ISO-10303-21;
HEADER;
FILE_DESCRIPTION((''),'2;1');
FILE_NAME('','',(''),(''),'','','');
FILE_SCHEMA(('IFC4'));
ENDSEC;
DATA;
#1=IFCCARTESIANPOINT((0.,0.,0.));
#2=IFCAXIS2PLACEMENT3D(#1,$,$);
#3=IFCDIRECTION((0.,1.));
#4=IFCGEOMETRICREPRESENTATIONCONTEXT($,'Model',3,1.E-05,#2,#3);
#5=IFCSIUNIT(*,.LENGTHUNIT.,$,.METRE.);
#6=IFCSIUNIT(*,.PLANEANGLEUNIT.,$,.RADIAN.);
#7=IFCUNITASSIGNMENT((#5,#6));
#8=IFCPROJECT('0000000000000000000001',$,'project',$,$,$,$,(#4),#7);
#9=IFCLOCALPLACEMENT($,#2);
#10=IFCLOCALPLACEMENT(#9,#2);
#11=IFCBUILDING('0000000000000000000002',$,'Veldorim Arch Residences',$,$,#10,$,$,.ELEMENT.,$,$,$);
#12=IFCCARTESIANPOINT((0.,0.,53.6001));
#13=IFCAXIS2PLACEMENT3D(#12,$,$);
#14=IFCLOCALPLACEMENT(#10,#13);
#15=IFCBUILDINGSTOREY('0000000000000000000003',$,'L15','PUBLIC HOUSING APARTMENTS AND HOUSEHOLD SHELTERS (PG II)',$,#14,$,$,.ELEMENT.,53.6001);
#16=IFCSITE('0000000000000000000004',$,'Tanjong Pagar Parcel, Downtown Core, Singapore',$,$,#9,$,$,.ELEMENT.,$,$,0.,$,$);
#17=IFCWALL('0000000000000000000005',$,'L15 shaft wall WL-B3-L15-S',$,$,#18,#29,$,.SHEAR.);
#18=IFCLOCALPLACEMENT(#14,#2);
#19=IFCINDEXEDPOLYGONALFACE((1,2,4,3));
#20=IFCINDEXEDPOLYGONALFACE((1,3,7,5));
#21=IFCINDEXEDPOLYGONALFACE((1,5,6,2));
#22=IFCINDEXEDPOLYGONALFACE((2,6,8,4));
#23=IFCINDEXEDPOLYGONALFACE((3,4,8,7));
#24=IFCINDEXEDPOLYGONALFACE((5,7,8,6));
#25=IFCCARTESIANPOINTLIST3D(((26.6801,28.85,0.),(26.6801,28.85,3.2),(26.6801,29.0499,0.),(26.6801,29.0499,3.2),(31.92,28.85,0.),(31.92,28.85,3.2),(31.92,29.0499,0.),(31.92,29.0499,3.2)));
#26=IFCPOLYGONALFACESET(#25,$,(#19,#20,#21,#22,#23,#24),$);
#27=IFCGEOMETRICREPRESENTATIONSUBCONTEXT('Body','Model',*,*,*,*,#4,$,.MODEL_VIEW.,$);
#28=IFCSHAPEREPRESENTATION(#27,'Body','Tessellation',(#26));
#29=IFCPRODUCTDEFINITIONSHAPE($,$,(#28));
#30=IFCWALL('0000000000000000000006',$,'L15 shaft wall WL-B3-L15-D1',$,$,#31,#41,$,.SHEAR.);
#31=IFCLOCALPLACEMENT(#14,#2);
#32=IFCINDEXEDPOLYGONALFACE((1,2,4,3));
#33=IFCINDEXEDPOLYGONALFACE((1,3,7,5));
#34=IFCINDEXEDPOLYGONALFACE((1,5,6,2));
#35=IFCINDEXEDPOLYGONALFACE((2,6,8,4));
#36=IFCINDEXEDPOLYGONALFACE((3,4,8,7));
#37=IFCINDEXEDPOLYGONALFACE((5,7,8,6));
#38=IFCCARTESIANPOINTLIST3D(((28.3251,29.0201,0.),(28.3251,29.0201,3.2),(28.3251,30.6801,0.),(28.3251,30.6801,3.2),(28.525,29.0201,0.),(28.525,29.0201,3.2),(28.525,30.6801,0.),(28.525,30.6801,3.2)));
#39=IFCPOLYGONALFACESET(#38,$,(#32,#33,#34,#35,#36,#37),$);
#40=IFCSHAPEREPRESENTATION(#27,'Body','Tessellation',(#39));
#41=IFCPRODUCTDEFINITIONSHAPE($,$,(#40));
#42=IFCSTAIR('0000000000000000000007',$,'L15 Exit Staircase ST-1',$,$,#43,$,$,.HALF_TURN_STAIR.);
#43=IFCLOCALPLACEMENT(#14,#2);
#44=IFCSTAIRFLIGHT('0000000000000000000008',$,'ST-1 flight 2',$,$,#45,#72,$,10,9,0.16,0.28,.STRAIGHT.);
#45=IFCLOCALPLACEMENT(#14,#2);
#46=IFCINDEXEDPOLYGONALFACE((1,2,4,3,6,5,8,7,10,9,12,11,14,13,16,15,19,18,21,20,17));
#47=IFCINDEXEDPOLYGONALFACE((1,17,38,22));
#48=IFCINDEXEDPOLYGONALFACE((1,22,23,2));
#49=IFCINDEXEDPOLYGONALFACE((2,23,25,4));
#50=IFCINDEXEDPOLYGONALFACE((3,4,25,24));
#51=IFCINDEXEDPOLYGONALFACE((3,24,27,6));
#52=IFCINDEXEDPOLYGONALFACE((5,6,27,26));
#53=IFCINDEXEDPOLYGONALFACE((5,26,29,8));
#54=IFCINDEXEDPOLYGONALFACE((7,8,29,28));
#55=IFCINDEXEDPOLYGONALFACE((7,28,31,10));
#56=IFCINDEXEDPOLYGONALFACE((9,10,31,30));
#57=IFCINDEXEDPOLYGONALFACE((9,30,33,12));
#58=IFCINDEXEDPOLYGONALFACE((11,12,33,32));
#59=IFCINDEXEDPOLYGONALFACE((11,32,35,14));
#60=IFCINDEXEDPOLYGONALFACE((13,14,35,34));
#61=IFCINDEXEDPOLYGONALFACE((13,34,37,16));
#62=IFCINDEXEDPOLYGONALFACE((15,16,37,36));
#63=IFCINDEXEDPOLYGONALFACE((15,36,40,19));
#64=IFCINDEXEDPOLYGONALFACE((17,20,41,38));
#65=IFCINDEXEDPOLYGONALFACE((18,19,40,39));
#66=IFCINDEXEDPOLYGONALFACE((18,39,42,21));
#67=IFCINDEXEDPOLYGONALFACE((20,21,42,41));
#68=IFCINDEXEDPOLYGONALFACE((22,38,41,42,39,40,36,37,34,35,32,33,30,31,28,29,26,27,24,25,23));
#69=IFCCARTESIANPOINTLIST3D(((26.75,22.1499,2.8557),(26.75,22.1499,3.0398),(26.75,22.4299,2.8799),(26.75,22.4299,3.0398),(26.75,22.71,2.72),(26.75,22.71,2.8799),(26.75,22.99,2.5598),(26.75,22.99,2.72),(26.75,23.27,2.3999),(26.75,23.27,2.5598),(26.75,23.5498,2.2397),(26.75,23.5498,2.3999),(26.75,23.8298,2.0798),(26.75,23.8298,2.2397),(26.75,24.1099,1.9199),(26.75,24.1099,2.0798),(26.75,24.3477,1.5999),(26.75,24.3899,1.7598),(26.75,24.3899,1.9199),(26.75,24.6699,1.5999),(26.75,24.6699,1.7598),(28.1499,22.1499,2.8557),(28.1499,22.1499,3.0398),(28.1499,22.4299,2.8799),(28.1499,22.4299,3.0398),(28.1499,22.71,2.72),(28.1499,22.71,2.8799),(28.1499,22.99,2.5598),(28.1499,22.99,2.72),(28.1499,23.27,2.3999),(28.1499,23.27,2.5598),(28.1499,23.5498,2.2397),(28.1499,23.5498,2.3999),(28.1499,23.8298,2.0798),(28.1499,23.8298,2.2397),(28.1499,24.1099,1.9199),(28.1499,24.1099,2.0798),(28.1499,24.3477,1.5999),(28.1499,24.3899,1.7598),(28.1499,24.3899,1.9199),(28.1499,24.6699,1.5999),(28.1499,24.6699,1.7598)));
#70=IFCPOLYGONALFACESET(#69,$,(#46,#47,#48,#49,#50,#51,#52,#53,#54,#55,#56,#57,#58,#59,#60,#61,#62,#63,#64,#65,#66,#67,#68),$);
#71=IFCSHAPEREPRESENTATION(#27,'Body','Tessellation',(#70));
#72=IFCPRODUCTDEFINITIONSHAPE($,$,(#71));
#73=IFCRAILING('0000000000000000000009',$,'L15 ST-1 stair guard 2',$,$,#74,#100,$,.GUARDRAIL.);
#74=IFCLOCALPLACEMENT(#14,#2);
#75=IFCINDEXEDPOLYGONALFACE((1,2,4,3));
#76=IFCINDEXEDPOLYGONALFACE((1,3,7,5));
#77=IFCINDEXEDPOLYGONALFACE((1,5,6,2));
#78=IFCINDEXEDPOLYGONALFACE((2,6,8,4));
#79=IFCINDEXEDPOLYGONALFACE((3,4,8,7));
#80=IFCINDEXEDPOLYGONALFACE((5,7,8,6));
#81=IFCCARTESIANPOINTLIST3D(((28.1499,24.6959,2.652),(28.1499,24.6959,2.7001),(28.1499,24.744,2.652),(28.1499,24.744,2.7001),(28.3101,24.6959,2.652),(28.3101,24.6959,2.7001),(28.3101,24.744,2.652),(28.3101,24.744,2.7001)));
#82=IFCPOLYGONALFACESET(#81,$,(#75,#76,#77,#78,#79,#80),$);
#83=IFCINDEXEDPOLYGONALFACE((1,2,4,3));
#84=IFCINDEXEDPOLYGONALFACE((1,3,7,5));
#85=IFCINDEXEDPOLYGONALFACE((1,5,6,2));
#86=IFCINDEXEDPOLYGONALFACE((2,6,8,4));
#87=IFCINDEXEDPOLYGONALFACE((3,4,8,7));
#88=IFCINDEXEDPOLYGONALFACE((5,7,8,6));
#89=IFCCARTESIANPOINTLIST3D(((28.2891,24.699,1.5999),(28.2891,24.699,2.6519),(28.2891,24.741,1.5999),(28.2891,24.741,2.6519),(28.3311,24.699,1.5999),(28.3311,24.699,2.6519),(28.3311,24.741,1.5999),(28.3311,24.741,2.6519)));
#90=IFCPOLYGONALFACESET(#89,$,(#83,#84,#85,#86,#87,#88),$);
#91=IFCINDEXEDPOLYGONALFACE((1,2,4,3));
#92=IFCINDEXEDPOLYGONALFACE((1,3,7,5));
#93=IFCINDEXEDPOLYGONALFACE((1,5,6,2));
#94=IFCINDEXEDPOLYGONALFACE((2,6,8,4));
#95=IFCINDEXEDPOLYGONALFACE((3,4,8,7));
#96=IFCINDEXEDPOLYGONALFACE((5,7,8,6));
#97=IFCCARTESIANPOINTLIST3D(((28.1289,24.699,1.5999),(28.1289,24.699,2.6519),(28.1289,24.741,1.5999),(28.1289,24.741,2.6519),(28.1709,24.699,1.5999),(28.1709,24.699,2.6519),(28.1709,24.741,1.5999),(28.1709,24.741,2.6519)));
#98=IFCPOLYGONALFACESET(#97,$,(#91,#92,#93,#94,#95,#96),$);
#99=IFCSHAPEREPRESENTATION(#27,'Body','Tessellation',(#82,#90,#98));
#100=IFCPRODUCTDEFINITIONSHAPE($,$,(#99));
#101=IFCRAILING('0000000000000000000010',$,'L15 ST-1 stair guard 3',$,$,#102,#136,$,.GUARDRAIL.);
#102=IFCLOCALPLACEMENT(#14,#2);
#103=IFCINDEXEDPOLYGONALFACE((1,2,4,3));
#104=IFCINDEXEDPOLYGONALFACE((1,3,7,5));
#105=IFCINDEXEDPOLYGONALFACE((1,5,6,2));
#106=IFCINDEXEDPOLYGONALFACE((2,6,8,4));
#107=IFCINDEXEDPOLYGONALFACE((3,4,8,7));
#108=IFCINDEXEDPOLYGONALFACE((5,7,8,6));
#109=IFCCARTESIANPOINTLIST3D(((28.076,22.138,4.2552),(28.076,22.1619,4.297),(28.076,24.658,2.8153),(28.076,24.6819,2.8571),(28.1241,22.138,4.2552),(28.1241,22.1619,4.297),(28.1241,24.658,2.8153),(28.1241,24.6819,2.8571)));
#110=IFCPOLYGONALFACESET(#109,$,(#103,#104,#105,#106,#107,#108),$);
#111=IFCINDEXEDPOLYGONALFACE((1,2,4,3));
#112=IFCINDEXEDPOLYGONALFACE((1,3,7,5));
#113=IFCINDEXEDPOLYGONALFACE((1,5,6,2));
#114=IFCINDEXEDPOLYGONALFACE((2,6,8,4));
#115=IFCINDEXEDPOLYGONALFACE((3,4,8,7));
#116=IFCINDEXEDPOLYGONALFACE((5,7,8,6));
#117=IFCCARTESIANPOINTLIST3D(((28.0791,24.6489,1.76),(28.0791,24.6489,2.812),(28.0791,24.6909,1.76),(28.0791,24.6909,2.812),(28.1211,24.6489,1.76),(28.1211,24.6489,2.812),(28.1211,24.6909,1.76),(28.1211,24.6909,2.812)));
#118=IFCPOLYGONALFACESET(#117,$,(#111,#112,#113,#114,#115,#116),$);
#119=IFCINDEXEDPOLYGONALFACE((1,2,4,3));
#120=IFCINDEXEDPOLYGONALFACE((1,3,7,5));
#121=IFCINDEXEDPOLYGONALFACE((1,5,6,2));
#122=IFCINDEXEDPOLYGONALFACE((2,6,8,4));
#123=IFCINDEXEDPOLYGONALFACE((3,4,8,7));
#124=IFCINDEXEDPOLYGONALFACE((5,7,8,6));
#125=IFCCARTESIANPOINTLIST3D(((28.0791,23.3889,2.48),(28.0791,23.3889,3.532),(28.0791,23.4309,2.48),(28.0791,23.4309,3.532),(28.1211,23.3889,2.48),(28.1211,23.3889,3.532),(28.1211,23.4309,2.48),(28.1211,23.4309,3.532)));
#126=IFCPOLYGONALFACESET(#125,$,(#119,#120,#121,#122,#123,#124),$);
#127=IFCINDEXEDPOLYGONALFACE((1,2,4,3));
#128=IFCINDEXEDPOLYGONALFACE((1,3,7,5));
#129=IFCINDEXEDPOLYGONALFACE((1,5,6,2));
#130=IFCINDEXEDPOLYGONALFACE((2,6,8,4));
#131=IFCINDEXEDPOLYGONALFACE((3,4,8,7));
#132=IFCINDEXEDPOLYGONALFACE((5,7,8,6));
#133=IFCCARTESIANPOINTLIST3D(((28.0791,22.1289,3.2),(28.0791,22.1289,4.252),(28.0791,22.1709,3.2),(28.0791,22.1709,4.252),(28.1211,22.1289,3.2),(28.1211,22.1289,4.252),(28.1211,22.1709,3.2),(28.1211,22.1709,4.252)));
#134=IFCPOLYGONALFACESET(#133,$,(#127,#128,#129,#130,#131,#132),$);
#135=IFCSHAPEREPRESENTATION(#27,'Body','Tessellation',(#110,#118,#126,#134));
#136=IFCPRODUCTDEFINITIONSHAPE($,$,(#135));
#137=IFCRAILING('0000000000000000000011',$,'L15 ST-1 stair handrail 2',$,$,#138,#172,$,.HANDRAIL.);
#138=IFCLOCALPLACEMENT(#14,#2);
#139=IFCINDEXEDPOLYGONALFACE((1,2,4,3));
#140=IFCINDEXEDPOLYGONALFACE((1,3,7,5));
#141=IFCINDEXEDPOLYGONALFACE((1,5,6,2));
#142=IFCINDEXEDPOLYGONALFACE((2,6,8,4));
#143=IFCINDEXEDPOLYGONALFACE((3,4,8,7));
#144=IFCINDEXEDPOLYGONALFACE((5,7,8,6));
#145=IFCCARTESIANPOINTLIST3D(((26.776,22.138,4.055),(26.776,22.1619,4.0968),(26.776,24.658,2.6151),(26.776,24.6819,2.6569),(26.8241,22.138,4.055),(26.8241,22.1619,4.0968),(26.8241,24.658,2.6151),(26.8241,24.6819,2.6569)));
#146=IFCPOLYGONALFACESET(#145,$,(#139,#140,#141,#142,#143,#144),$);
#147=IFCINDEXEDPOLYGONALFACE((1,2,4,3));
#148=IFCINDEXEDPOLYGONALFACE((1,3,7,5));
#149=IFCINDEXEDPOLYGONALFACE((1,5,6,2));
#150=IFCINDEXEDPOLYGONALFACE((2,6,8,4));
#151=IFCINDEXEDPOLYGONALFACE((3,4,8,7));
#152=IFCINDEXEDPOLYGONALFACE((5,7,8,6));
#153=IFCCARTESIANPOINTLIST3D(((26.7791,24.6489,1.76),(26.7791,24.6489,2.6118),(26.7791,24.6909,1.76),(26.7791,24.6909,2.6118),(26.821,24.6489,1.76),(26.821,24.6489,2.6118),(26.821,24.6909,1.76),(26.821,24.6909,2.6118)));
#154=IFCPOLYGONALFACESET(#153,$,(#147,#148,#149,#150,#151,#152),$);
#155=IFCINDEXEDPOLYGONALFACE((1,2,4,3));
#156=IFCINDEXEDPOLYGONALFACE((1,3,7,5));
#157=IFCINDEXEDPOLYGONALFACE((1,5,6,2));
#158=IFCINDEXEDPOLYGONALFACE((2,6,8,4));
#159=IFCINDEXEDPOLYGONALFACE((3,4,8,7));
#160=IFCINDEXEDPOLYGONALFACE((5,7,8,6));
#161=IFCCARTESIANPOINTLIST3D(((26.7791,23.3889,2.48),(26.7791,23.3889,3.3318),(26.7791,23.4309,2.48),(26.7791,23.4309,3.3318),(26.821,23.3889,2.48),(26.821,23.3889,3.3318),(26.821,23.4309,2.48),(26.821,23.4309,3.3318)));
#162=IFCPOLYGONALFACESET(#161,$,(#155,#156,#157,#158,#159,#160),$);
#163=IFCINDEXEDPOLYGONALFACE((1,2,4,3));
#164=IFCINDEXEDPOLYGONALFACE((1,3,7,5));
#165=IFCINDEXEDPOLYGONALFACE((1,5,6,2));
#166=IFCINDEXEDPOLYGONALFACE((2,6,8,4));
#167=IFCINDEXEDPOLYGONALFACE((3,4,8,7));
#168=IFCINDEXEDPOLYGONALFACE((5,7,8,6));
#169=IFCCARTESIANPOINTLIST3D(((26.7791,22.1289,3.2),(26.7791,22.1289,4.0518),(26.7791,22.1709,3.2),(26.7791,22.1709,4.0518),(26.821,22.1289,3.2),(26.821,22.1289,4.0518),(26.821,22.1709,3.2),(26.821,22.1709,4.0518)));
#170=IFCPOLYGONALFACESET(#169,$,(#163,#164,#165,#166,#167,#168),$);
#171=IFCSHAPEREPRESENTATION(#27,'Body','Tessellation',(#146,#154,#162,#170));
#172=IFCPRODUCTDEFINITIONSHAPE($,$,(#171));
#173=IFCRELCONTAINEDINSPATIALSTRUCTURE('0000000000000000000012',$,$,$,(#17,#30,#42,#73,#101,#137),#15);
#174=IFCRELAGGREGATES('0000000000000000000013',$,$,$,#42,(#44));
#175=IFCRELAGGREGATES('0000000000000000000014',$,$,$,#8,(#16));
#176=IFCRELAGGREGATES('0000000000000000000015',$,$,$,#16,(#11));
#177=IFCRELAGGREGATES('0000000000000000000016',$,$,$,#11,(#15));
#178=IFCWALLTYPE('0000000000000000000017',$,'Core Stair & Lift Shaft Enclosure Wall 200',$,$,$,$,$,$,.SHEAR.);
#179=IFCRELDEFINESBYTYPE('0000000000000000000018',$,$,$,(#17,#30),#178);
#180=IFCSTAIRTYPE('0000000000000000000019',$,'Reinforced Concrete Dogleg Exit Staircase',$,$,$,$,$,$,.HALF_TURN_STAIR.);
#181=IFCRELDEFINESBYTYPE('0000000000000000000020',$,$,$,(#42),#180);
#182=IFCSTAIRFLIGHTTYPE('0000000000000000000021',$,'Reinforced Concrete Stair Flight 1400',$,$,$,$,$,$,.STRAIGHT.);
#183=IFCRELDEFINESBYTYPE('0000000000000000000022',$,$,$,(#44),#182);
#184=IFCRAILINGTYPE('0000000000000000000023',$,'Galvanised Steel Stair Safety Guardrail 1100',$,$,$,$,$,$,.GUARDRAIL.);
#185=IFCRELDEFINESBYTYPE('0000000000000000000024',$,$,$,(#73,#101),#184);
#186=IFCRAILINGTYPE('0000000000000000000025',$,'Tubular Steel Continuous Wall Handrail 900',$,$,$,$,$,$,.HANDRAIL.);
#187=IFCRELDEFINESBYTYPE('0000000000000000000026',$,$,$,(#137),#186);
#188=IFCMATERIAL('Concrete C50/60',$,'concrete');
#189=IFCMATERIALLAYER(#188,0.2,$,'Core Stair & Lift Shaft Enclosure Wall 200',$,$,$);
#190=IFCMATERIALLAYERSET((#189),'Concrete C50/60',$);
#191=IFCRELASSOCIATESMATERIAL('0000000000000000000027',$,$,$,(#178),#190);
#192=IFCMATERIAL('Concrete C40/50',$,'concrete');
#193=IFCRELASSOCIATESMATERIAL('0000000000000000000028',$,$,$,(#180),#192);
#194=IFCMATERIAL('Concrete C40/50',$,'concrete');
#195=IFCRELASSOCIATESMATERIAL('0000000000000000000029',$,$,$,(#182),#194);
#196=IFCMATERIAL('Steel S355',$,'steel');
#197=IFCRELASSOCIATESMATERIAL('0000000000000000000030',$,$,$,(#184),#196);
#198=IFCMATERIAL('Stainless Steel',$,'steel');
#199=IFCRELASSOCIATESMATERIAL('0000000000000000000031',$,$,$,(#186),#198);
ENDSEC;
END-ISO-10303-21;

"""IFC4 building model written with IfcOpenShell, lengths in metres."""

from ifc_helpers import new_model, si_unit, direction, frame, frame_2d, origin, origin_2d, place, context, subcontext, project, spatial, polyline, rectangle, outline, extrude, material, layer, layer_set, type_object, element, aggregate, save


model = new_model("IFC4")

# Units and contexts
model_context = context("Model", 3, precision=1e-05, world=origin(), true_north=direction((0.0, 1.0)))
body_context = subcontext(model_context, "Body", "Model", "MODEL_VIEW")
ifc_project = project(units=[si_unit("LENGTHUNIT", "METRE"), si_unit("PLANEANGLEUNIT", "RADIAN")], contexts=[model_context])

# Site, building, storey
site_placement = place(None, origin())
site = spatial("IfcSite", under=ifc_project, at=site_placement, Name="Tanjong Pagar Parcel, Downtown Core, Singapore", CompositionType="ELEMENT", RefElevation=0.0)
building_placement = place(site_placement, origin())
building = spatial("IfcBuilding", under=site, at=building_placement, Name="Veldorim Arch Residences", CompositionType="ELEMENT")
storey_placement = place(building_placement, frame((0.0, 0.0, 53.6001)))
storey = spatial("IfcBuildingStorey", under=building, at=storey_placement, Name="L15", Description="PUBLIC HOUSING APARTMENTS AND HOUSEHOLD SHELTERS (PG II)", CompositionType="ELEMENT", Elevation=53.6001)

# Shared definitions
ifc_material_1 = material(Name="Concrete C50/60", Category="concrete")
ifc_layer_1 = layer(ifc_material_1, 0.2, Name="Core Stair & Lift Shaft Enclosure Wall 200")
ifc_layer_set_1 = layer_set([ifc_layer_1], Name="Concrete C50/60")
wall_type_1 = type_object("IfcWallType", Name="Core Stair & Lift Shaft Enclosure Wall 200", PredefinedType="SHEAR", material=ifc_layer_set_1)

# Walls
wall_1_placement = place(storey_placement, frame((26.6799, 28.95, 0.0), z_axis=(0.0, 0.0, 1.0), x_axis=(1.0, 0.0, 0.0)))
element("IfcWall", 1, at=wall_1_placement, inside=storey, type_object=wall_type_1, Name="L15 shaft wall WL-B3-L15-S", PredefinedType="SHEAR", context=body_context, shape_type="SweptSolid", body=[
    extrude(rectangle(XDim=5.24, YDim=0.2, at=frame_2d((2.6201, 0.0))), origin(), (0.0, 0.0, 1.0), 3.2),
])
wall_2_placement = place(storey_placement, frame((28.425, 29.02, 0.0), z_axis=(0.0, 0.0, 1.0), x_axis=(0.0, 1.0, 0.0)))
element("IfcWall", 2, at=wall_2_placement, inside=storey, type_object=wall_type_1, Name="L15 shaft wall WL-B3-L15-D1", PredefinedType="SHEAR", context=body_context, shape_type="SweptSolid", body=[
    extrude(rectangle(XDim=1.6599, YDim=0.2, at=frame_2d((0.8301, 0.0))), origin(), (0.0, 0.0, 1.0), 3.2),
])

# Stair, stair flight
ifc_material_2 = material(Name="Concrete C40/50", Category="concrete")
stair_type = type_object("IfcStairType", Name="Reinforced Concrete Dogleg Exit Staircase", PredefinedType="HALF_TURN_STAIR", material=ifc_material_2)
stair_placement = place(storey_placement, origin())
stair = element("IfcStair", 3, at=stair_placement, inside=storey, type_object=stair_type, Name="L15 Exit Staircase ST-1", PredefinedType="HALF_TURN_STAIR")
ifc_material_3 = material(Name="Concrete C40/50", Category="concrete")
stair_flight_type = type_object("IfcStairFlightType", Name="Reinforced Concrete Stair Flight 1400", PredefinedType="STRAIGHT", material=ifc_material_3)
stair_flight_placement = place(storey_placement, frame((27.45, 24.6699, 1.5999), z_axis=(0.0, 0.0, 1.0), x_axis=(0.0, -1.0, 0.0)))
stair_flight = element("IfcStairFlight", 4, at=stair_flight_placement, type_object=stair_flight_type, Name="ST-1 flight 2", NumberOfRisers=10, NumberOfTreads=9, PredefinedType="STRAIGHT", RiserHeight=0.16, TreadLength=0.28, context=body_context, shape_type="SweptSolid", body=[
    extrude(outline(polyline([(0.0, 0.0), (0.0, 0.1599), (0.28, 0.1599), (0.28, 0.3201), (0.5601, 0.3201), (0.5601, 0.48), (0.8401, 0.48), (0.8401, 0.6399), (1.1201, 0.6399), (1.1201, 0.8), (1.3999, 0.8), (1.3999, 0.96), (1.6799, 0.96), (1.6799, 1.1201), (1.96, 1.1201), (1.96, 1.28), (2.24, 1.28), (2.24, 1.4399), (2.52, 1.4399), (2.52, 1.6001), (2.52, 1.2559), (0.3223, 0.0), (0.0, 0.0)])), frame((0.0, 0.7, 0.0), z_axis=(0.0, -1.0, 0.0), x_axis=(1.0, 0.0, 0.0)), (0.0, 0.0, 1.0), 1.3999),
])
aggregate(stair, [stair_flight])

# Railings
ifc_material_4 = material(Name="Steel S355", Category="steel")
railing_type_1 = type_object("IfcRailingType", Name="Galvanised Steel Stair Safety Guardrail 1100", PredefinedType="GUARDRAIL", material=ifc_material_4)
railing_1_placement = place(storey_placement, frame((28.3101, 24.72, 1.5999)))
element("IfcRailing", 5, at=railing_1_placement, inside=storey, type_object=railing_type_1, Name="L15 ST-1 stair guard 2", PredefinedType="GUARDRAIL", context=body_context, shape_type="SweptSolid", body=[
    extrude(rectangle(XDim=0.0481, YDim=0.0481, at=origin_2d()), frame((0.0, 0.0, 1.0762), z_axis=(-1.0, 0.0, 0.0), x_axis=(0.0, -1.0, 0.0)), (0.0, 0.0, 1.0), 0.1602),
    extrude(rectangle(XDim=0.042, YDim=0.042, at=origin_2d()), origin(), (0.0, 0.0, 1.0), 1.052),
    extrude(rectangle(XDim=0.042, YDim=0.042, at=origin_2d()), frame((-0.1602, 0.0, 0.0)), (0.0, 0.0, 1.0), 1.052),
])
railing_2_placement = place(storey_placement, frame((28.1001, 24.6699, 1.76)))
element("IfcRailing", 6, at=railing_2_placement, inside=storey, type_object=railing_type_1, Name="L15 ST-1 stair guard 3", PredefinedType="GUARDRAIL", context=body_context, shape_type="SweptSolid", body=[
    extrude(rectangle(XDim=0.0481, YDim=0.0481, at=origin_2d()), frame((0.0, 0.0, 1.0762), z_axis=(0.0, -0.868253, 0.496121), x_axis=(1.0, 0.0, 0.0)), (0.0, 0.0, 1.0), 2.9023),
    extrude(rectangle(XDim=0.042, YDim=0.042, at=origin_2d()), origin(), (0.0, 0.0, 1.0), 1.052),
    extrude(rectangle(XDim=0.042, YDim=0.042, at=origin_2d()), frame((0.0, -1.26, 0.72)), (0.0, 0.0, 1.0), 1.052),
    extrude(rectangle(XDim=0.042, YDim=0.042, at=origin_2d()), frame((0.0, -2.52, 1.4399)), (0.0, 0.0, 1.0), 1.052),
])
ifc_material_5 = material(Name="Stainless Steel", Category="steel")
railing_type_2 = type_object("IfcRailingType", Name="Tubular Steel Continuous Wall Handrail 900", PredefinedType="HANDRAIL", material=ifc_material_5)
railing_3_placement = place(storey_placement, frame((26.8, 24.6699, 1.76)))
element("IfcRailing", 7, at=railing_3_placement, inside=storey, type_object=railing_type_2, Name="L15 ST-1 stair handrail 2", PredefinedType="HANDRAIL", context=body_context, shape_type="SweptSolid", body=[
    extrude(rectangle(XDim=0.0481, YDim=0.0481, at=origin_2d()), frame((0.0, 0.0, 0.876), z_axis=(0.0, -0.868253, 0.496121), x_axis=(1.0, 0.0, 0.0)), (0.0, 0.0, 1.0), 2.9023),
    extrude(rectangle(XDim=0.042, YDim=0.042, at=origin_2d()), origin(), (0.0, 0.0, 1.0), 0.8518),
    extrude(rectangle(XDim=0.042, YDim=0.042, at=origin_2d()), frame((0.0, -1.26, 0.72)), (0.0, 0.0, 1.0), 0.8518),
    extrude(rectangle(XDim=0.042, YDim=0.042, at=origin_2d()), frame((0.0, -2.52, 1.4399)), (0.0, 0.0, 1.0), 0.8518),
])

save(model, "model.ifc")
